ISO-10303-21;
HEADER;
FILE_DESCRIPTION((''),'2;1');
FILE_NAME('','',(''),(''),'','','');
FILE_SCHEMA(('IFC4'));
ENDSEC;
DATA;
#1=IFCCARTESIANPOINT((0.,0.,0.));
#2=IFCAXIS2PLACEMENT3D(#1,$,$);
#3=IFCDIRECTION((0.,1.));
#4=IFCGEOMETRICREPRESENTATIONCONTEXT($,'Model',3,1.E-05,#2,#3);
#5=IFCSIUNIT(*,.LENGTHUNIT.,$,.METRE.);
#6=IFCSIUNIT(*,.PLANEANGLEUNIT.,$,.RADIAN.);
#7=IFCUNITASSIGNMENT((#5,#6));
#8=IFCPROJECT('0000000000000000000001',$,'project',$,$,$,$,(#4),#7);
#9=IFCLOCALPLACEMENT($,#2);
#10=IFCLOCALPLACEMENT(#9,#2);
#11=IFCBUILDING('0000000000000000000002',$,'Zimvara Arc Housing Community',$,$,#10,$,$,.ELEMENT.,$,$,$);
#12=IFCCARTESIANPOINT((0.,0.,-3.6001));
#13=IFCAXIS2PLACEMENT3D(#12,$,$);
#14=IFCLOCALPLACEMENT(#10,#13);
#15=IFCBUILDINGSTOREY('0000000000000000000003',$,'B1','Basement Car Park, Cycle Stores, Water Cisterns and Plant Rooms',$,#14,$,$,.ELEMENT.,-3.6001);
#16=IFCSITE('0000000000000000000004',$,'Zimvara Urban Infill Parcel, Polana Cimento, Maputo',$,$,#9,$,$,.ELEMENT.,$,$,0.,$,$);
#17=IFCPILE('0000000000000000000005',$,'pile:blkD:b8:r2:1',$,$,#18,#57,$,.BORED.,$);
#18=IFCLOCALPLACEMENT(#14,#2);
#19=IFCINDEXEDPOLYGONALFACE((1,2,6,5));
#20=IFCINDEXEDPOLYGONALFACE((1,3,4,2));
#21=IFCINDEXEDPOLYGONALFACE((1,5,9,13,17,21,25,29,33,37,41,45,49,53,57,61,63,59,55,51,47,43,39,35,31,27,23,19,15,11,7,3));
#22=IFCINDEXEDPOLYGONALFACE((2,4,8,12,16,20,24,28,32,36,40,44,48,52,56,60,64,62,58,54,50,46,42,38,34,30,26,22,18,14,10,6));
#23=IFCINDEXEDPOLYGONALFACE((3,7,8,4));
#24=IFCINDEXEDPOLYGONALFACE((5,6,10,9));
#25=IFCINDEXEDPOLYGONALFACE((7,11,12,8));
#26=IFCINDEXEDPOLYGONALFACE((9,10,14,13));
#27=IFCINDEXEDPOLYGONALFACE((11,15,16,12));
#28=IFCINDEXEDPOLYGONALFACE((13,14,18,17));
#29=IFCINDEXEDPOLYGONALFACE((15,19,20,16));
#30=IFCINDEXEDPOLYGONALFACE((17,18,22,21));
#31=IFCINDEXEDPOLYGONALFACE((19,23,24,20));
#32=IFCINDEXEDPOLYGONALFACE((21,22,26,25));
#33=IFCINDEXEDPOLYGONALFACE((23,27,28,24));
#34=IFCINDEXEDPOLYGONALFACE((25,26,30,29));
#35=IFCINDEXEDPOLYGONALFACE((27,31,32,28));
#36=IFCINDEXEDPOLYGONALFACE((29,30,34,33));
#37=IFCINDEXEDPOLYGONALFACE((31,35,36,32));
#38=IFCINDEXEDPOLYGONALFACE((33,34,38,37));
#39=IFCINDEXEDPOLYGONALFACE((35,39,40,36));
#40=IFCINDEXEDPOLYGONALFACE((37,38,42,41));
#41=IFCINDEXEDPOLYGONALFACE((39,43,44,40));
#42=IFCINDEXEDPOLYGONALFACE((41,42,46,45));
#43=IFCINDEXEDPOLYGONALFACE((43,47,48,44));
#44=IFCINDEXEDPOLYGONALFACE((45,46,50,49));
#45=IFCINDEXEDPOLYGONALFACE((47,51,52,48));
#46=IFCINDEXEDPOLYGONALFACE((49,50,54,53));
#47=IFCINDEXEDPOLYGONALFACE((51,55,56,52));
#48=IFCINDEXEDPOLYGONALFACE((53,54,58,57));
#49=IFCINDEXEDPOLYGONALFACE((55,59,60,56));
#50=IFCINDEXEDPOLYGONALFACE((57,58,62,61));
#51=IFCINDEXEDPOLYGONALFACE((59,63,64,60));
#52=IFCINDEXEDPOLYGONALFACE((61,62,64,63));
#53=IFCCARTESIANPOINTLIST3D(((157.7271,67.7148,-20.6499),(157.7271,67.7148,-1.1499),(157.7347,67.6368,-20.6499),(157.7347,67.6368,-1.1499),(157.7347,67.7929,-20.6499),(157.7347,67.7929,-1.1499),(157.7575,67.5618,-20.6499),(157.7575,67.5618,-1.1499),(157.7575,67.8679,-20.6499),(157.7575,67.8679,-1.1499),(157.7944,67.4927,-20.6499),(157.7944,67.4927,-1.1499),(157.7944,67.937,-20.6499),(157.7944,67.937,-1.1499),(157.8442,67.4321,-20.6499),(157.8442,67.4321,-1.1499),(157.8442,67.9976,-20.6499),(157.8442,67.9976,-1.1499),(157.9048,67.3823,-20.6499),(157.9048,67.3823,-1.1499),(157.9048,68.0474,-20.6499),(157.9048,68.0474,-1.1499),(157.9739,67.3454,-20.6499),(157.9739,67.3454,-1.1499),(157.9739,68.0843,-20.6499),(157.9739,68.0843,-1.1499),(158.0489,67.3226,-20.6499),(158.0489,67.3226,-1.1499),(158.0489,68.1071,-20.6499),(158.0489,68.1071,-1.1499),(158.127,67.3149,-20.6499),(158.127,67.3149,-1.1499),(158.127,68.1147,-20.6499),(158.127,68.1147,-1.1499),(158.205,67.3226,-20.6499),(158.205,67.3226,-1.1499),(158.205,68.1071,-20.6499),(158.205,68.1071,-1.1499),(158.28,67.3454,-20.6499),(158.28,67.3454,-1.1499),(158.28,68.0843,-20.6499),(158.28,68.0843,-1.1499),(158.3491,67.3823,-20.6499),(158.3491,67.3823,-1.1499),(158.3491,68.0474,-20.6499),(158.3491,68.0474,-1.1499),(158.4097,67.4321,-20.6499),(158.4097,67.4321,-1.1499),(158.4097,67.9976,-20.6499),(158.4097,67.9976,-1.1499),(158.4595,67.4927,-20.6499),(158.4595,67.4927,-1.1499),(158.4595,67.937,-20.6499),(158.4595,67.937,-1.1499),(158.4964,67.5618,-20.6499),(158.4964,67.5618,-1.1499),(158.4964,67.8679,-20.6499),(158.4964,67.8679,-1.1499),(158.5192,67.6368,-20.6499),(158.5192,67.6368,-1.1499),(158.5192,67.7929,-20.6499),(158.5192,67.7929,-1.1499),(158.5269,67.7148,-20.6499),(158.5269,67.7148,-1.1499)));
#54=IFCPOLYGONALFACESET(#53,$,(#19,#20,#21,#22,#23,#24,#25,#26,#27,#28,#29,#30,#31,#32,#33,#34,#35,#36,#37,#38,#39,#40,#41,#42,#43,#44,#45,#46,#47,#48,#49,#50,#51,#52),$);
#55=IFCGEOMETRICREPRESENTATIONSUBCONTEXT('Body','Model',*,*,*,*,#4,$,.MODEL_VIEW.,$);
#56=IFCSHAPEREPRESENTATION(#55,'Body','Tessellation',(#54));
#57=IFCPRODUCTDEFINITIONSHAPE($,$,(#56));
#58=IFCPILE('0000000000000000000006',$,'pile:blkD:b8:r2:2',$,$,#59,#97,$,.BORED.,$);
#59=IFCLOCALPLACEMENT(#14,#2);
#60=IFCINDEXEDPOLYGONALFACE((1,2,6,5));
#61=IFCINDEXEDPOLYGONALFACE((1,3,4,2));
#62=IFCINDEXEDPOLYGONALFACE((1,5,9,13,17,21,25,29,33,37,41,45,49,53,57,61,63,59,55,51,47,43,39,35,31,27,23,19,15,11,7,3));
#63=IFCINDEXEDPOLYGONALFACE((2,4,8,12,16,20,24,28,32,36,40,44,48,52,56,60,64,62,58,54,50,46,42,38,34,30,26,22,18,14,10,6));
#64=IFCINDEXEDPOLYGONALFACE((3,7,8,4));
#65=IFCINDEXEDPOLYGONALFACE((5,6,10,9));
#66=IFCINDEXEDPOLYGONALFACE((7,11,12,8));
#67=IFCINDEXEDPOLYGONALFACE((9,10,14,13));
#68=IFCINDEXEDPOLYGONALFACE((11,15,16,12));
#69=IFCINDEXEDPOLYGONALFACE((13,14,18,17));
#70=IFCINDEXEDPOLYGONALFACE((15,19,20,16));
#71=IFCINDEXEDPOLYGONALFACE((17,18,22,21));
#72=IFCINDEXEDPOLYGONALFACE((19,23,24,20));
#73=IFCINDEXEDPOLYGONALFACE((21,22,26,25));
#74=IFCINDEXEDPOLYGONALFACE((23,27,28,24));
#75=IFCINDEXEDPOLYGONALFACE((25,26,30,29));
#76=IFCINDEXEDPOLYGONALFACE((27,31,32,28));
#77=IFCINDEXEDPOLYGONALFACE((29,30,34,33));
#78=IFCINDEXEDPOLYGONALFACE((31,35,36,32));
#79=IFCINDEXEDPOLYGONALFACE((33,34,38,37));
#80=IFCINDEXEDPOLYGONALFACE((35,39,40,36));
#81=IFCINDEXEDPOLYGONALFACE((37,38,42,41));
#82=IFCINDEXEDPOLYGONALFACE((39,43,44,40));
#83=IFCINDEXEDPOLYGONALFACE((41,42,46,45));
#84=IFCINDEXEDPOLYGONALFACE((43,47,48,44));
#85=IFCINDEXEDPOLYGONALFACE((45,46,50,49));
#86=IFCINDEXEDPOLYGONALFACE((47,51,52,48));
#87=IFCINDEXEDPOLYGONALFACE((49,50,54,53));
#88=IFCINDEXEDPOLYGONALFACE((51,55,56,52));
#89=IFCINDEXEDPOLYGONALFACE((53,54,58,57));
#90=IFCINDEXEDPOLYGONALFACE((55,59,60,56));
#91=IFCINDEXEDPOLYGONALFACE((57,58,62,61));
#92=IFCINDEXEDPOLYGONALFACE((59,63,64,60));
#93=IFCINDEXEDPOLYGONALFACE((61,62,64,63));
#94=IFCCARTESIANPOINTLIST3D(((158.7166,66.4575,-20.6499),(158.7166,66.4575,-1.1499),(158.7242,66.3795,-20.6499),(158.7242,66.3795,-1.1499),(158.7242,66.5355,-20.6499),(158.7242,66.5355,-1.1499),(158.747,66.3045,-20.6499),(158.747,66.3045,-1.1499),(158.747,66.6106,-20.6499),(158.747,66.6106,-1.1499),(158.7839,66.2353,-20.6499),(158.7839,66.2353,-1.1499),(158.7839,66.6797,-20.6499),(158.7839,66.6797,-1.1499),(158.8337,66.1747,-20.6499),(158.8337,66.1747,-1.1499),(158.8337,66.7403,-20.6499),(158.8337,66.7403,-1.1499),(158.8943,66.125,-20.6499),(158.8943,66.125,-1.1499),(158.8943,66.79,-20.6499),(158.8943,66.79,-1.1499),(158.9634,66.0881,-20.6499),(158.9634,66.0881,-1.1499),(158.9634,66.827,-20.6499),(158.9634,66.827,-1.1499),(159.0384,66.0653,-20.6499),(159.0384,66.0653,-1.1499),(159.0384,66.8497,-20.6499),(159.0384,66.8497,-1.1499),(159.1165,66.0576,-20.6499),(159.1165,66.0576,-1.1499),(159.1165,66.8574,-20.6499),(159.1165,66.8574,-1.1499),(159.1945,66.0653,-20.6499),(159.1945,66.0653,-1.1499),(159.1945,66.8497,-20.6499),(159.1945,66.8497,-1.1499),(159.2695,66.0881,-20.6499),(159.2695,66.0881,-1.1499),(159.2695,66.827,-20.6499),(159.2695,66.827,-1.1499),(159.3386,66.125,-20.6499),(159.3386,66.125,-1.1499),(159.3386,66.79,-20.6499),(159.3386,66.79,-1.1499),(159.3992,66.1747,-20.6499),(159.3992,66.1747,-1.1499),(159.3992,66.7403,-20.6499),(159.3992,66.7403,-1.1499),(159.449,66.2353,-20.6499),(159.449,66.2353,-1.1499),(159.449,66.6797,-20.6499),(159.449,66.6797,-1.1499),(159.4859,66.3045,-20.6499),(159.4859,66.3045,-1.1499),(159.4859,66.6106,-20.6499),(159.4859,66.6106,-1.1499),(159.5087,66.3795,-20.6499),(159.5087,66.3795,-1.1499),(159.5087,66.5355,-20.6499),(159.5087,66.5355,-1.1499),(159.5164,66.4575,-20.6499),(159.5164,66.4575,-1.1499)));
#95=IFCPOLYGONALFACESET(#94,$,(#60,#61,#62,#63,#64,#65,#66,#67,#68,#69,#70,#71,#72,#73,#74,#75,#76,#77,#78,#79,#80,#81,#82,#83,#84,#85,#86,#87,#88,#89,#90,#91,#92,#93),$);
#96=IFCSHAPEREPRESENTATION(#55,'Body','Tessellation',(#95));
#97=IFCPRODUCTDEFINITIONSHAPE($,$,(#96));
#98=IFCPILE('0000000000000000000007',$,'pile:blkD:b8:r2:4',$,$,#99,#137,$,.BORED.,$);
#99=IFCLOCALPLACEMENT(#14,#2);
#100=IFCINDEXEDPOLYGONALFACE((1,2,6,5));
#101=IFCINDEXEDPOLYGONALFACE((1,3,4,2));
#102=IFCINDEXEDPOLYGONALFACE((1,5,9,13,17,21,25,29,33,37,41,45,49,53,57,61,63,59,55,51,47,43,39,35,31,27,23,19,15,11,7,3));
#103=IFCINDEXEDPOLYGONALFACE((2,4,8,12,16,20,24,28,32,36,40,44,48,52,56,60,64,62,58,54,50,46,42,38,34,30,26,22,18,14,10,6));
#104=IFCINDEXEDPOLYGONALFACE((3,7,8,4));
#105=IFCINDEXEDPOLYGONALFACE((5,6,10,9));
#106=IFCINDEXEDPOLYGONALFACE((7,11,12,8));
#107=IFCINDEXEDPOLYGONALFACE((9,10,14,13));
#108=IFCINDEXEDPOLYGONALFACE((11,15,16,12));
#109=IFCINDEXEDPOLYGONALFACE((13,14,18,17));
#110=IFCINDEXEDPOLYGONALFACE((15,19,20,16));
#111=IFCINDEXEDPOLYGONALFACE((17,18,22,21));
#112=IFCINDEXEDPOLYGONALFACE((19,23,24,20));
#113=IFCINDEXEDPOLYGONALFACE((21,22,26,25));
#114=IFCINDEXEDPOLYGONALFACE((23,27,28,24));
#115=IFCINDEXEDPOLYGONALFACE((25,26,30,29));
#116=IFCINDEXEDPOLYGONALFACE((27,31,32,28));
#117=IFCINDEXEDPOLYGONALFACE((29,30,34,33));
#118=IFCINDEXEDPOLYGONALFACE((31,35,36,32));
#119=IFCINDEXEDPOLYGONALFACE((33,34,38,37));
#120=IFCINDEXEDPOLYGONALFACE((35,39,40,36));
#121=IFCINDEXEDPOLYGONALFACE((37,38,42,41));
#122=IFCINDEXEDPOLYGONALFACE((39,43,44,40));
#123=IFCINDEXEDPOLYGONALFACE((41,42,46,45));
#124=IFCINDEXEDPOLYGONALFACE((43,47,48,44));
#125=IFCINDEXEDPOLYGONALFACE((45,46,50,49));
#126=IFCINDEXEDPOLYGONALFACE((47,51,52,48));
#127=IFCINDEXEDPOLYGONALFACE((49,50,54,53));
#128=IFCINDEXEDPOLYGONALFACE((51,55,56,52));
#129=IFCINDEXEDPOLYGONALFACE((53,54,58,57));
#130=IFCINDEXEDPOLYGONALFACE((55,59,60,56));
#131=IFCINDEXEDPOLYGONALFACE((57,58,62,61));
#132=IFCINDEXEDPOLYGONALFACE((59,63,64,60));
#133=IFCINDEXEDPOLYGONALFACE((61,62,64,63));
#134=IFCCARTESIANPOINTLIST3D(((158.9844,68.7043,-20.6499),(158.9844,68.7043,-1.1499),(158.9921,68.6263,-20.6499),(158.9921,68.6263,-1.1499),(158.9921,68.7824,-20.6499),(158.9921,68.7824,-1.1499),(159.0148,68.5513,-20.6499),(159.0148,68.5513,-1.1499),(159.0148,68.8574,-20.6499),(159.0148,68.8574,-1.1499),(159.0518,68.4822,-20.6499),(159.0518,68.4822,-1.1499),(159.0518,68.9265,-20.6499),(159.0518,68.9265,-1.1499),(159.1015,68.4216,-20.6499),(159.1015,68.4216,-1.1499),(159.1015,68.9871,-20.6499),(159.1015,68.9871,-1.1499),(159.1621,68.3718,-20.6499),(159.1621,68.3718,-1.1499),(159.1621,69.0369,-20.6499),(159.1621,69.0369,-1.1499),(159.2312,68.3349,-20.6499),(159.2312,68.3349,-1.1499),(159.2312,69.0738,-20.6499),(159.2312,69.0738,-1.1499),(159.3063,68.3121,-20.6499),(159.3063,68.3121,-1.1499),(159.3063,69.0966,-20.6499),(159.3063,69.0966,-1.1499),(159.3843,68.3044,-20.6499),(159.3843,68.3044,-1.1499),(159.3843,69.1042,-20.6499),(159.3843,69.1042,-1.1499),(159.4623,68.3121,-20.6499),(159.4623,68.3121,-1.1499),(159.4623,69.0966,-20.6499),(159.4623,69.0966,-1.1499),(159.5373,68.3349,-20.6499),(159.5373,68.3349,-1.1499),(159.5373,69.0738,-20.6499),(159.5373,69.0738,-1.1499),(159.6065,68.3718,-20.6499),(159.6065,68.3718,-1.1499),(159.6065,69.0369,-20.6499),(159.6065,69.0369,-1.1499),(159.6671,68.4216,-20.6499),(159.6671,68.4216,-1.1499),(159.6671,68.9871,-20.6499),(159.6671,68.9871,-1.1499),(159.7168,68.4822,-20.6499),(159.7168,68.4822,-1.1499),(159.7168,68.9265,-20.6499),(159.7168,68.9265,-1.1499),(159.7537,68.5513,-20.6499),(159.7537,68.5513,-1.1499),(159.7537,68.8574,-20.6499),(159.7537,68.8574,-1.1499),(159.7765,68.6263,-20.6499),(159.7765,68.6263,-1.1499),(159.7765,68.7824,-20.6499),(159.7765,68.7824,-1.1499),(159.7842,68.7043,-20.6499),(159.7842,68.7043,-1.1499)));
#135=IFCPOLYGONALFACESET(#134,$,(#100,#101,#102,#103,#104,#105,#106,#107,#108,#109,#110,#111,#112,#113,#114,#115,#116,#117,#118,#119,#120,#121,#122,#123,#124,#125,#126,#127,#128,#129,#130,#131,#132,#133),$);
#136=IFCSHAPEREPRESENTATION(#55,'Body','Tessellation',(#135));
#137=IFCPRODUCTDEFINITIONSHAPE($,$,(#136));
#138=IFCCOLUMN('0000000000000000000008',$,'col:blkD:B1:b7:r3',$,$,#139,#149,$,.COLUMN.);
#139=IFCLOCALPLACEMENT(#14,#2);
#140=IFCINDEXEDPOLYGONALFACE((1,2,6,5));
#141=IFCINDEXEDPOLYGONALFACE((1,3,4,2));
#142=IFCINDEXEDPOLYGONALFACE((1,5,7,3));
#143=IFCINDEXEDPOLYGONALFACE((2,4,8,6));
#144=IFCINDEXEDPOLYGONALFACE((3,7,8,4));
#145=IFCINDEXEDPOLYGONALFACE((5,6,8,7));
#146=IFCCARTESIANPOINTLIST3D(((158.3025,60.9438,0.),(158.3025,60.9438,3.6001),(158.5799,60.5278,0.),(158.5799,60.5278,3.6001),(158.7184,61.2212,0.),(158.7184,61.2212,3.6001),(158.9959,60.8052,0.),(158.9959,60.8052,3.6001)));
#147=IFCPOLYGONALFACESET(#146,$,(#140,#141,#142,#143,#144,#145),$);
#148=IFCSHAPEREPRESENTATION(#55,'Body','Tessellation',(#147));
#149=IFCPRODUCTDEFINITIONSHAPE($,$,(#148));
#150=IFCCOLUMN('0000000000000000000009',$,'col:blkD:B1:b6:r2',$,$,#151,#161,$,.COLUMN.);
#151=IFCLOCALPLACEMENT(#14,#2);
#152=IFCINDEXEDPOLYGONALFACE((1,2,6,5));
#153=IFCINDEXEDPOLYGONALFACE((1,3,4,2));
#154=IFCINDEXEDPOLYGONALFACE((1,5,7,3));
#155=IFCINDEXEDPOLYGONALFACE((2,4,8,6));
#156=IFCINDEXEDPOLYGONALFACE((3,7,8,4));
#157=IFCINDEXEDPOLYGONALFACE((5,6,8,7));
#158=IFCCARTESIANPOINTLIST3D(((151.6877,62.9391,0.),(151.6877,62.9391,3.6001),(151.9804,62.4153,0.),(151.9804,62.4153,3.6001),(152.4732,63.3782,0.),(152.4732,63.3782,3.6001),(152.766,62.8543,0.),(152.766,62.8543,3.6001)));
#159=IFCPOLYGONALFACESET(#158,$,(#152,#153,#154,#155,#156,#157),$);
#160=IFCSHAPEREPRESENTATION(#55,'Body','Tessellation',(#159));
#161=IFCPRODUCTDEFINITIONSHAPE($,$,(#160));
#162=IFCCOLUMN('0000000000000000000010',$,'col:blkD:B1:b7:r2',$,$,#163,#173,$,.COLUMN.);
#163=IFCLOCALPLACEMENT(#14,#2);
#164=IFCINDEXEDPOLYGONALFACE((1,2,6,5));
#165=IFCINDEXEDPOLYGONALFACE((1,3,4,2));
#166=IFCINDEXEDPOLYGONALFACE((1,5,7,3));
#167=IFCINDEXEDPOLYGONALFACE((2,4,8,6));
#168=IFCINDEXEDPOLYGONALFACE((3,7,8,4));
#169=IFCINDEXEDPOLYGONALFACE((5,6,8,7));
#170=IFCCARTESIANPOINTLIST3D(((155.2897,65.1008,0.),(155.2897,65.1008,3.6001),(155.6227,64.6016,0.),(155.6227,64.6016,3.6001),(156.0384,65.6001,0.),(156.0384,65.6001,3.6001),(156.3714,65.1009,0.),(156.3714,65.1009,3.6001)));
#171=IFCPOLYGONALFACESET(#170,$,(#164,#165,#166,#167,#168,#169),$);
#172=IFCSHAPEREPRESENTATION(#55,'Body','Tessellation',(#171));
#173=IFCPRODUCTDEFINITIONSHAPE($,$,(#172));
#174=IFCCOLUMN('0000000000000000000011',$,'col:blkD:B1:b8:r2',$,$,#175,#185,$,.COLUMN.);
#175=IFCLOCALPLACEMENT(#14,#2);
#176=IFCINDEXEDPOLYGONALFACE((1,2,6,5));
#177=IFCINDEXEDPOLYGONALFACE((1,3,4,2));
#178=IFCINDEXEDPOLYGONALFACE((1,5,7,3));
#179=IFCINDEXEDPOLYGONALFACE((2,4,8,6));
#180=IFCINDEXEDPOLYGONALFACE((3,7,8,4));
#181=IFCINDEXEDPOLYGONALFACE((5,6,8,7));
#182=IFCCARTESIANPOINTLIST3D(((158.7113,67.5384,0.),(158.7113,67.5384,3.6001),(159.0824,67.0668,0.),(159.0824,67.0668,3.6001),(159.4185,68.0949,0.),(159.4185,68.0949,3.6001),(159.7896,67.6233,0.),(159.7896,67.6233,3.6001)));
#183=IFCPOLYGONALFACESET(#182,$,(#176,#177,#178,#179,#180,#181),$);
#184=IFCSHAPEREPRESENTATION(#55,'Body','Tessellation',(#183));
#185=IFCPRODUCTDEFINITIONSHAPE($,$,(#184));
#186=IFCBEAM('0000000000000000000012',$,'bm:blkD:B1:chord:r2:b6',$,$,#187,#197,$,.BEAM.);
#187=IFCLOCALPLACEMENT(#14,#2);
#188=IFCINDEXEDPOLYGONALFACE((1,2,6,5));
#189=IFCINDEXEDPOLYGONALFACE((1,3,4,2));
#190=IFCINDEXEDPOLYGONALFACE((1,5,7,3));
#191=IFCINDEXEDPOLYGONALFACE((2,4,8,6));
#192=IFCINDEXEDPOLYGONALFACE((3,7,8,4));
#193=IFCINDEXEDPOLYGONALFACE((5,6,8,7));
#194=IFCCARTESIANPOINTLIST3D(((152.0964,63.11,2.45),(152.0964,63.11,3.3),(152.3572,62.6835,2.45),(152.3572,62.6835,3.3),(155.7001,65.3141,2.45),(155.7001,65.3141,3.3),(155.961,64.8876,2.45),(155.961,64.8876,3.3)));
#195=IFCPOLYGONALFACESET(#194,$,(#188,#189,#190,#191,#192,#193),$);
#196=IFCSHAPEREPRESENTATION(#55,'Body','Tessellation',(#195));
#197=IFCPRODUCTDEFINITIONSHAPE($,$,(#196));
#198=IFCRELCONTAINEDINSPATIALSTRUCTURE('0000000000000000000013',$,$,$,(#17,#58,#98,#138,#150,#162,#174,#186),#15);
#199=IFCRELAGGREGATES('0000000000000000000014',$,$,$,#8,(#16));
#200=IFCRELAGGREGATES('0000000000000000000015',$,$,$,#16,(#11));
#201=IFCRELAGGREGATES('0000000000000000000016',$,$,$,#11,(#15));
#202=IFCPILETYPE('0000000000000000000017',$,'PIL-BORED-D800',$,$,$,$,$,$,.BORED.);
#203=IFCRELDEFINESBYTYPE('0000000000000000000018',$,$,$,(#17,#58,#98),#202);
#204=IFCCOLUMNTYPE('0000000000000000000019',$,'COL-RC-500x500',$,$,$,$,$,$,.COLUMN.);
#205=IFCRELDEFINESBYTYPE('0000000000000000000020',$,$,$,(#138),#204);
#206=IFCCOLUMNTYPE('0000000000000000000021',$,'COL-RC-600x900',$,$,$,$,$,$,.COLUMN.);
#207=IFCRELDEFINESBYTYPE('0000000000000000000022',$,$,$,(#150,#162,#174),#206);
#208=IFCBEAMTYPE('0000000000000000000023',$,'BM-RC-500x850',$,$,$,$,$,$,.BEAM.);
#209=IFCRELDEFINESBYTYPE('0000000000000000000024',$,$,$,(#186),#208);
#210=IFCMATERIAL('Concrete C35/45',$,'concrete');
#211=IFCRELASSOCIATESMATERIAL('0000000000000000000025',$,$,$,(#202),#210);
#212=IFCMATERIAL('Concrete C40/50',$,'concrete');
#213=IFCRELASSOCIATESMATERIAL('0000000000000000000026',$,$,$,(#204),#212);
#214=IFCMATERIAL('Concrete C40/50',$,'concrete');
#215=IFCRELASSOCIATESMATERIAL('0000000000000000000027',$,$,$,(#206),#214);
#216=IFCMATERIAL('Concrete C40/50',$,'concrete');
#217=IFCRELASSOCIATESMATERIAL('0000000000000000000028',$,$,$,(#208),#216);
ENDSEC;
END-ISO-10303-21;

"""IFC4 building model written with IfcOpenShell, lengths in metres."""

from ifc_helpers import new_model, si_unit, direction, frame, origin, origin_2d, place, context, subcontext, project, spatial, rectangle, circle, extrude, material, material_profile, profile_set, type_object, element, save


model = new_model("IFC4")

# Units and contexts
model_context = context("Model", 3, precision=1e-05, world=origin(), true_north=direction((0.0, 1.0)))
body_context = subcontext(model_context, "Body", "Model", "MODEL_VIEW")
ifc_project = project(units=[si_unit("LENGTHUNIT", "METRE"), si_unit("PLANEANGLEUNIT", "RADIAN")], contexts=[model_context])

# Site, building, storey
site_placement = place(None, origin())
site = spatial("IfcSite", under=ifc_project, at=site_placement, Name="Zimvara Urban Infill Parcel, Polana Cimento, Maputo", CompositionType="ELEMENT", RefElevation=0.0)
building_placement = place(site_placement, origin())
building = spatial("IfcBuilding", under=site, at=building_placement, Name="Zimvara Arc Housing Community", CompositionType="ELEMENT")
storey_placement = place(building_placement, frame((0.0, 0.0, -3.6001)))
storey = spatial("IfcBuildingStorey", under=building, at=storey_placement, Name="B1", Description="Basement Car Park, Cycle Stores, Water Cisterns and Plant Rooms", CompositionType="ELEMENT", Elevation=-3.6001)

# Piles
ifc_material_1 = material(Name="Concrete C35/45", Category="concrete")
ifc_material_profile_1 = material_profile(ifc_material_1, circle(Radius=0.3999, at=origin_2d()), Name="PILE D800")
ifc_profile_set_1 = profile_set([ifc_material_profile_1], Name="Concrete C35/45")
pile_type_1 = type_object("IfcPileType", Name="PIL-BORED-D800", PredefinedType="BORED", material=ifc_profile_set_1)
for number, where, z_axis, x_axis, name in (
    (1, (158.127, 67.7148, -1.1499), (0.0, 0.0, -1.0), (1.0, 0.0, 0.0), "pile:blkD:b8:r2:1"),
    (2, (159.1165, 66.4575, -1.1499), (0.0, 0.0, -1.0), (1.0, 0.0, 0.0), "pile:blkD:b8:r2:2"),
    (3, (159.3843, 68.7043, -1.1499), (0.0, 0.0, -1.0), (1.0, 0.0, 0.0), "pile:blkD:b8:r2:4"),
):
    element("IfcPile", number, at=place(storey_placement, frame(where, z_axis=z_axis, x_axis=x_axis)), inside=storey, type_object=pile_type_1, Name=name, PredefinedType="BORED", context=body_context, shape_type="SweptSolid", body=[
        extrude(circle(Radius=0.3999, at=origin_2d()), origin(), (0.0, 0.0, 1.0), 19.5),
    ])

# Columns
ifc_material_2 = material(Name="Concrete C40/50", Category="concrete")
ifc_material_profile_2 = material_profile(ifc_material_2, rectangle(XDim=0.5, YDim=0.5, at=origin_2d()), Name="RC 500x500")
ifc_profile_set_2 = profile_set([ifc_material_profile_2], Name="Concrete C40/50")
column_type_1 = type_object("IfcColumnType", Name="COL-RC-500x500", PredefinedType="COLUMN", material=ifc_profile_set_2)
column_placement = place(storey_placement, frame((158.6492, 60.8745, 0.0), z_axis=(0.0, 0.0, 1.0), x_axis=(0.554844, -0.831954, 0.0)))
element("IfcColumn", 4, at=column_placement, inside=storey, type_object=column_type_1, Name="col:blkD:B1:b7:r3", PredefinedType="COLUMN", context=body_context, shape_type="SweptSolid", body=[
    extrude(rectangle(XDim=0.5, YDim=0.5, at=origin_2d()), origin(), (0.0, 0.0, 1.0), 3.6001),
])
ifc_material_3 = material(Name="Concrete C40/50", Category="concrete")
ifc_material_profile_3 = material_profile(ifc_material_3, rectangle(XDim=0.6001, YDim=0.8999, at=origin_2d()), Name="RC 600x900")
ifc_profile_set_3 = profile_set([ifc_material_profile_3], Name="Concrete C40/50")
column_type_2 = type_object("IfcColumnType", Name="COL-RC-600x900", PredefinedType="COLUMN", material=ifc_profile_set_3)
for number, where, z_axis, x_axis, name in (
    (5, (152.2268, 62.8967, 0.0), (0.0, 0.0, 1.0), (0.48786, -0.872922, 0.0), "col:blkD:B1:b6:r2"),
    (6, (155.8306, 65.1008, 0.0), (0.0, 0.0, 1.0), (0.554844, -0.831954, 0.0), "col:blkD:B1:b7:r2"),
    (7, (159.2505, 67.5808, 0.0), (0.0, 0.0, 1.0), (0.618408, -0.785857, 0.0), "col:blkD:B1:b8:r2"),
):
    element("IfcColumn", number, at=place(storey_placement, frame(where, z_axis=z_axis, x_axis=x_axis)), inside=storey, type_object=column_type_2, Name=name, PredefinedType="COLUMN", context=body_context, shape_type="SweptSolid", body=[
        extrude(rectangle(XDim=0.6001, YDim=0.8999, at=origin_2d()), origin(), (0.0, 0.0, 1.0), 3.6001),
    ])

# Beam
ifc_material_4 = material(Name="Concrete C40/50", Category="concrete")
ifc_material_profile_4 = material_profile(ifc_material_4, rectangle(XDim=0.5, YDim=0.8501, at=origin_2d()), Name="RC 500x850")
ifc_profile_set_4 = profile_set([ifc_material_profile_4], Name="Concrete C40/50")
beam_type = type_object("IfcBeamType", Name="BM-RC-500x850", PredefinedType="BEAM", material=ifc_profile_set_4)
beam_1_placement = place(storey_placement, frame((152.2268, 62.8967, 2.875), z_axis=(0.853092, 0.521761, 0.0), x_axis=(-0.521761, 0.853092, 0.0)))
element("IfcBeam", 8, at=beam_1_placement, inside=storey, type_object=beam_type, Name="bm:blkD:B1:chord:r2:b6", PredefinedType="BEAM", context=body_context, shape_type="SweptSolid", body=[
    extrude(rectangle(XDim=0.5, YDim=0.8501, at=origin_2d()), origin(), (0.0, 0.0, 1.0), 4.2244),
])

save(model, "model.ifc")
